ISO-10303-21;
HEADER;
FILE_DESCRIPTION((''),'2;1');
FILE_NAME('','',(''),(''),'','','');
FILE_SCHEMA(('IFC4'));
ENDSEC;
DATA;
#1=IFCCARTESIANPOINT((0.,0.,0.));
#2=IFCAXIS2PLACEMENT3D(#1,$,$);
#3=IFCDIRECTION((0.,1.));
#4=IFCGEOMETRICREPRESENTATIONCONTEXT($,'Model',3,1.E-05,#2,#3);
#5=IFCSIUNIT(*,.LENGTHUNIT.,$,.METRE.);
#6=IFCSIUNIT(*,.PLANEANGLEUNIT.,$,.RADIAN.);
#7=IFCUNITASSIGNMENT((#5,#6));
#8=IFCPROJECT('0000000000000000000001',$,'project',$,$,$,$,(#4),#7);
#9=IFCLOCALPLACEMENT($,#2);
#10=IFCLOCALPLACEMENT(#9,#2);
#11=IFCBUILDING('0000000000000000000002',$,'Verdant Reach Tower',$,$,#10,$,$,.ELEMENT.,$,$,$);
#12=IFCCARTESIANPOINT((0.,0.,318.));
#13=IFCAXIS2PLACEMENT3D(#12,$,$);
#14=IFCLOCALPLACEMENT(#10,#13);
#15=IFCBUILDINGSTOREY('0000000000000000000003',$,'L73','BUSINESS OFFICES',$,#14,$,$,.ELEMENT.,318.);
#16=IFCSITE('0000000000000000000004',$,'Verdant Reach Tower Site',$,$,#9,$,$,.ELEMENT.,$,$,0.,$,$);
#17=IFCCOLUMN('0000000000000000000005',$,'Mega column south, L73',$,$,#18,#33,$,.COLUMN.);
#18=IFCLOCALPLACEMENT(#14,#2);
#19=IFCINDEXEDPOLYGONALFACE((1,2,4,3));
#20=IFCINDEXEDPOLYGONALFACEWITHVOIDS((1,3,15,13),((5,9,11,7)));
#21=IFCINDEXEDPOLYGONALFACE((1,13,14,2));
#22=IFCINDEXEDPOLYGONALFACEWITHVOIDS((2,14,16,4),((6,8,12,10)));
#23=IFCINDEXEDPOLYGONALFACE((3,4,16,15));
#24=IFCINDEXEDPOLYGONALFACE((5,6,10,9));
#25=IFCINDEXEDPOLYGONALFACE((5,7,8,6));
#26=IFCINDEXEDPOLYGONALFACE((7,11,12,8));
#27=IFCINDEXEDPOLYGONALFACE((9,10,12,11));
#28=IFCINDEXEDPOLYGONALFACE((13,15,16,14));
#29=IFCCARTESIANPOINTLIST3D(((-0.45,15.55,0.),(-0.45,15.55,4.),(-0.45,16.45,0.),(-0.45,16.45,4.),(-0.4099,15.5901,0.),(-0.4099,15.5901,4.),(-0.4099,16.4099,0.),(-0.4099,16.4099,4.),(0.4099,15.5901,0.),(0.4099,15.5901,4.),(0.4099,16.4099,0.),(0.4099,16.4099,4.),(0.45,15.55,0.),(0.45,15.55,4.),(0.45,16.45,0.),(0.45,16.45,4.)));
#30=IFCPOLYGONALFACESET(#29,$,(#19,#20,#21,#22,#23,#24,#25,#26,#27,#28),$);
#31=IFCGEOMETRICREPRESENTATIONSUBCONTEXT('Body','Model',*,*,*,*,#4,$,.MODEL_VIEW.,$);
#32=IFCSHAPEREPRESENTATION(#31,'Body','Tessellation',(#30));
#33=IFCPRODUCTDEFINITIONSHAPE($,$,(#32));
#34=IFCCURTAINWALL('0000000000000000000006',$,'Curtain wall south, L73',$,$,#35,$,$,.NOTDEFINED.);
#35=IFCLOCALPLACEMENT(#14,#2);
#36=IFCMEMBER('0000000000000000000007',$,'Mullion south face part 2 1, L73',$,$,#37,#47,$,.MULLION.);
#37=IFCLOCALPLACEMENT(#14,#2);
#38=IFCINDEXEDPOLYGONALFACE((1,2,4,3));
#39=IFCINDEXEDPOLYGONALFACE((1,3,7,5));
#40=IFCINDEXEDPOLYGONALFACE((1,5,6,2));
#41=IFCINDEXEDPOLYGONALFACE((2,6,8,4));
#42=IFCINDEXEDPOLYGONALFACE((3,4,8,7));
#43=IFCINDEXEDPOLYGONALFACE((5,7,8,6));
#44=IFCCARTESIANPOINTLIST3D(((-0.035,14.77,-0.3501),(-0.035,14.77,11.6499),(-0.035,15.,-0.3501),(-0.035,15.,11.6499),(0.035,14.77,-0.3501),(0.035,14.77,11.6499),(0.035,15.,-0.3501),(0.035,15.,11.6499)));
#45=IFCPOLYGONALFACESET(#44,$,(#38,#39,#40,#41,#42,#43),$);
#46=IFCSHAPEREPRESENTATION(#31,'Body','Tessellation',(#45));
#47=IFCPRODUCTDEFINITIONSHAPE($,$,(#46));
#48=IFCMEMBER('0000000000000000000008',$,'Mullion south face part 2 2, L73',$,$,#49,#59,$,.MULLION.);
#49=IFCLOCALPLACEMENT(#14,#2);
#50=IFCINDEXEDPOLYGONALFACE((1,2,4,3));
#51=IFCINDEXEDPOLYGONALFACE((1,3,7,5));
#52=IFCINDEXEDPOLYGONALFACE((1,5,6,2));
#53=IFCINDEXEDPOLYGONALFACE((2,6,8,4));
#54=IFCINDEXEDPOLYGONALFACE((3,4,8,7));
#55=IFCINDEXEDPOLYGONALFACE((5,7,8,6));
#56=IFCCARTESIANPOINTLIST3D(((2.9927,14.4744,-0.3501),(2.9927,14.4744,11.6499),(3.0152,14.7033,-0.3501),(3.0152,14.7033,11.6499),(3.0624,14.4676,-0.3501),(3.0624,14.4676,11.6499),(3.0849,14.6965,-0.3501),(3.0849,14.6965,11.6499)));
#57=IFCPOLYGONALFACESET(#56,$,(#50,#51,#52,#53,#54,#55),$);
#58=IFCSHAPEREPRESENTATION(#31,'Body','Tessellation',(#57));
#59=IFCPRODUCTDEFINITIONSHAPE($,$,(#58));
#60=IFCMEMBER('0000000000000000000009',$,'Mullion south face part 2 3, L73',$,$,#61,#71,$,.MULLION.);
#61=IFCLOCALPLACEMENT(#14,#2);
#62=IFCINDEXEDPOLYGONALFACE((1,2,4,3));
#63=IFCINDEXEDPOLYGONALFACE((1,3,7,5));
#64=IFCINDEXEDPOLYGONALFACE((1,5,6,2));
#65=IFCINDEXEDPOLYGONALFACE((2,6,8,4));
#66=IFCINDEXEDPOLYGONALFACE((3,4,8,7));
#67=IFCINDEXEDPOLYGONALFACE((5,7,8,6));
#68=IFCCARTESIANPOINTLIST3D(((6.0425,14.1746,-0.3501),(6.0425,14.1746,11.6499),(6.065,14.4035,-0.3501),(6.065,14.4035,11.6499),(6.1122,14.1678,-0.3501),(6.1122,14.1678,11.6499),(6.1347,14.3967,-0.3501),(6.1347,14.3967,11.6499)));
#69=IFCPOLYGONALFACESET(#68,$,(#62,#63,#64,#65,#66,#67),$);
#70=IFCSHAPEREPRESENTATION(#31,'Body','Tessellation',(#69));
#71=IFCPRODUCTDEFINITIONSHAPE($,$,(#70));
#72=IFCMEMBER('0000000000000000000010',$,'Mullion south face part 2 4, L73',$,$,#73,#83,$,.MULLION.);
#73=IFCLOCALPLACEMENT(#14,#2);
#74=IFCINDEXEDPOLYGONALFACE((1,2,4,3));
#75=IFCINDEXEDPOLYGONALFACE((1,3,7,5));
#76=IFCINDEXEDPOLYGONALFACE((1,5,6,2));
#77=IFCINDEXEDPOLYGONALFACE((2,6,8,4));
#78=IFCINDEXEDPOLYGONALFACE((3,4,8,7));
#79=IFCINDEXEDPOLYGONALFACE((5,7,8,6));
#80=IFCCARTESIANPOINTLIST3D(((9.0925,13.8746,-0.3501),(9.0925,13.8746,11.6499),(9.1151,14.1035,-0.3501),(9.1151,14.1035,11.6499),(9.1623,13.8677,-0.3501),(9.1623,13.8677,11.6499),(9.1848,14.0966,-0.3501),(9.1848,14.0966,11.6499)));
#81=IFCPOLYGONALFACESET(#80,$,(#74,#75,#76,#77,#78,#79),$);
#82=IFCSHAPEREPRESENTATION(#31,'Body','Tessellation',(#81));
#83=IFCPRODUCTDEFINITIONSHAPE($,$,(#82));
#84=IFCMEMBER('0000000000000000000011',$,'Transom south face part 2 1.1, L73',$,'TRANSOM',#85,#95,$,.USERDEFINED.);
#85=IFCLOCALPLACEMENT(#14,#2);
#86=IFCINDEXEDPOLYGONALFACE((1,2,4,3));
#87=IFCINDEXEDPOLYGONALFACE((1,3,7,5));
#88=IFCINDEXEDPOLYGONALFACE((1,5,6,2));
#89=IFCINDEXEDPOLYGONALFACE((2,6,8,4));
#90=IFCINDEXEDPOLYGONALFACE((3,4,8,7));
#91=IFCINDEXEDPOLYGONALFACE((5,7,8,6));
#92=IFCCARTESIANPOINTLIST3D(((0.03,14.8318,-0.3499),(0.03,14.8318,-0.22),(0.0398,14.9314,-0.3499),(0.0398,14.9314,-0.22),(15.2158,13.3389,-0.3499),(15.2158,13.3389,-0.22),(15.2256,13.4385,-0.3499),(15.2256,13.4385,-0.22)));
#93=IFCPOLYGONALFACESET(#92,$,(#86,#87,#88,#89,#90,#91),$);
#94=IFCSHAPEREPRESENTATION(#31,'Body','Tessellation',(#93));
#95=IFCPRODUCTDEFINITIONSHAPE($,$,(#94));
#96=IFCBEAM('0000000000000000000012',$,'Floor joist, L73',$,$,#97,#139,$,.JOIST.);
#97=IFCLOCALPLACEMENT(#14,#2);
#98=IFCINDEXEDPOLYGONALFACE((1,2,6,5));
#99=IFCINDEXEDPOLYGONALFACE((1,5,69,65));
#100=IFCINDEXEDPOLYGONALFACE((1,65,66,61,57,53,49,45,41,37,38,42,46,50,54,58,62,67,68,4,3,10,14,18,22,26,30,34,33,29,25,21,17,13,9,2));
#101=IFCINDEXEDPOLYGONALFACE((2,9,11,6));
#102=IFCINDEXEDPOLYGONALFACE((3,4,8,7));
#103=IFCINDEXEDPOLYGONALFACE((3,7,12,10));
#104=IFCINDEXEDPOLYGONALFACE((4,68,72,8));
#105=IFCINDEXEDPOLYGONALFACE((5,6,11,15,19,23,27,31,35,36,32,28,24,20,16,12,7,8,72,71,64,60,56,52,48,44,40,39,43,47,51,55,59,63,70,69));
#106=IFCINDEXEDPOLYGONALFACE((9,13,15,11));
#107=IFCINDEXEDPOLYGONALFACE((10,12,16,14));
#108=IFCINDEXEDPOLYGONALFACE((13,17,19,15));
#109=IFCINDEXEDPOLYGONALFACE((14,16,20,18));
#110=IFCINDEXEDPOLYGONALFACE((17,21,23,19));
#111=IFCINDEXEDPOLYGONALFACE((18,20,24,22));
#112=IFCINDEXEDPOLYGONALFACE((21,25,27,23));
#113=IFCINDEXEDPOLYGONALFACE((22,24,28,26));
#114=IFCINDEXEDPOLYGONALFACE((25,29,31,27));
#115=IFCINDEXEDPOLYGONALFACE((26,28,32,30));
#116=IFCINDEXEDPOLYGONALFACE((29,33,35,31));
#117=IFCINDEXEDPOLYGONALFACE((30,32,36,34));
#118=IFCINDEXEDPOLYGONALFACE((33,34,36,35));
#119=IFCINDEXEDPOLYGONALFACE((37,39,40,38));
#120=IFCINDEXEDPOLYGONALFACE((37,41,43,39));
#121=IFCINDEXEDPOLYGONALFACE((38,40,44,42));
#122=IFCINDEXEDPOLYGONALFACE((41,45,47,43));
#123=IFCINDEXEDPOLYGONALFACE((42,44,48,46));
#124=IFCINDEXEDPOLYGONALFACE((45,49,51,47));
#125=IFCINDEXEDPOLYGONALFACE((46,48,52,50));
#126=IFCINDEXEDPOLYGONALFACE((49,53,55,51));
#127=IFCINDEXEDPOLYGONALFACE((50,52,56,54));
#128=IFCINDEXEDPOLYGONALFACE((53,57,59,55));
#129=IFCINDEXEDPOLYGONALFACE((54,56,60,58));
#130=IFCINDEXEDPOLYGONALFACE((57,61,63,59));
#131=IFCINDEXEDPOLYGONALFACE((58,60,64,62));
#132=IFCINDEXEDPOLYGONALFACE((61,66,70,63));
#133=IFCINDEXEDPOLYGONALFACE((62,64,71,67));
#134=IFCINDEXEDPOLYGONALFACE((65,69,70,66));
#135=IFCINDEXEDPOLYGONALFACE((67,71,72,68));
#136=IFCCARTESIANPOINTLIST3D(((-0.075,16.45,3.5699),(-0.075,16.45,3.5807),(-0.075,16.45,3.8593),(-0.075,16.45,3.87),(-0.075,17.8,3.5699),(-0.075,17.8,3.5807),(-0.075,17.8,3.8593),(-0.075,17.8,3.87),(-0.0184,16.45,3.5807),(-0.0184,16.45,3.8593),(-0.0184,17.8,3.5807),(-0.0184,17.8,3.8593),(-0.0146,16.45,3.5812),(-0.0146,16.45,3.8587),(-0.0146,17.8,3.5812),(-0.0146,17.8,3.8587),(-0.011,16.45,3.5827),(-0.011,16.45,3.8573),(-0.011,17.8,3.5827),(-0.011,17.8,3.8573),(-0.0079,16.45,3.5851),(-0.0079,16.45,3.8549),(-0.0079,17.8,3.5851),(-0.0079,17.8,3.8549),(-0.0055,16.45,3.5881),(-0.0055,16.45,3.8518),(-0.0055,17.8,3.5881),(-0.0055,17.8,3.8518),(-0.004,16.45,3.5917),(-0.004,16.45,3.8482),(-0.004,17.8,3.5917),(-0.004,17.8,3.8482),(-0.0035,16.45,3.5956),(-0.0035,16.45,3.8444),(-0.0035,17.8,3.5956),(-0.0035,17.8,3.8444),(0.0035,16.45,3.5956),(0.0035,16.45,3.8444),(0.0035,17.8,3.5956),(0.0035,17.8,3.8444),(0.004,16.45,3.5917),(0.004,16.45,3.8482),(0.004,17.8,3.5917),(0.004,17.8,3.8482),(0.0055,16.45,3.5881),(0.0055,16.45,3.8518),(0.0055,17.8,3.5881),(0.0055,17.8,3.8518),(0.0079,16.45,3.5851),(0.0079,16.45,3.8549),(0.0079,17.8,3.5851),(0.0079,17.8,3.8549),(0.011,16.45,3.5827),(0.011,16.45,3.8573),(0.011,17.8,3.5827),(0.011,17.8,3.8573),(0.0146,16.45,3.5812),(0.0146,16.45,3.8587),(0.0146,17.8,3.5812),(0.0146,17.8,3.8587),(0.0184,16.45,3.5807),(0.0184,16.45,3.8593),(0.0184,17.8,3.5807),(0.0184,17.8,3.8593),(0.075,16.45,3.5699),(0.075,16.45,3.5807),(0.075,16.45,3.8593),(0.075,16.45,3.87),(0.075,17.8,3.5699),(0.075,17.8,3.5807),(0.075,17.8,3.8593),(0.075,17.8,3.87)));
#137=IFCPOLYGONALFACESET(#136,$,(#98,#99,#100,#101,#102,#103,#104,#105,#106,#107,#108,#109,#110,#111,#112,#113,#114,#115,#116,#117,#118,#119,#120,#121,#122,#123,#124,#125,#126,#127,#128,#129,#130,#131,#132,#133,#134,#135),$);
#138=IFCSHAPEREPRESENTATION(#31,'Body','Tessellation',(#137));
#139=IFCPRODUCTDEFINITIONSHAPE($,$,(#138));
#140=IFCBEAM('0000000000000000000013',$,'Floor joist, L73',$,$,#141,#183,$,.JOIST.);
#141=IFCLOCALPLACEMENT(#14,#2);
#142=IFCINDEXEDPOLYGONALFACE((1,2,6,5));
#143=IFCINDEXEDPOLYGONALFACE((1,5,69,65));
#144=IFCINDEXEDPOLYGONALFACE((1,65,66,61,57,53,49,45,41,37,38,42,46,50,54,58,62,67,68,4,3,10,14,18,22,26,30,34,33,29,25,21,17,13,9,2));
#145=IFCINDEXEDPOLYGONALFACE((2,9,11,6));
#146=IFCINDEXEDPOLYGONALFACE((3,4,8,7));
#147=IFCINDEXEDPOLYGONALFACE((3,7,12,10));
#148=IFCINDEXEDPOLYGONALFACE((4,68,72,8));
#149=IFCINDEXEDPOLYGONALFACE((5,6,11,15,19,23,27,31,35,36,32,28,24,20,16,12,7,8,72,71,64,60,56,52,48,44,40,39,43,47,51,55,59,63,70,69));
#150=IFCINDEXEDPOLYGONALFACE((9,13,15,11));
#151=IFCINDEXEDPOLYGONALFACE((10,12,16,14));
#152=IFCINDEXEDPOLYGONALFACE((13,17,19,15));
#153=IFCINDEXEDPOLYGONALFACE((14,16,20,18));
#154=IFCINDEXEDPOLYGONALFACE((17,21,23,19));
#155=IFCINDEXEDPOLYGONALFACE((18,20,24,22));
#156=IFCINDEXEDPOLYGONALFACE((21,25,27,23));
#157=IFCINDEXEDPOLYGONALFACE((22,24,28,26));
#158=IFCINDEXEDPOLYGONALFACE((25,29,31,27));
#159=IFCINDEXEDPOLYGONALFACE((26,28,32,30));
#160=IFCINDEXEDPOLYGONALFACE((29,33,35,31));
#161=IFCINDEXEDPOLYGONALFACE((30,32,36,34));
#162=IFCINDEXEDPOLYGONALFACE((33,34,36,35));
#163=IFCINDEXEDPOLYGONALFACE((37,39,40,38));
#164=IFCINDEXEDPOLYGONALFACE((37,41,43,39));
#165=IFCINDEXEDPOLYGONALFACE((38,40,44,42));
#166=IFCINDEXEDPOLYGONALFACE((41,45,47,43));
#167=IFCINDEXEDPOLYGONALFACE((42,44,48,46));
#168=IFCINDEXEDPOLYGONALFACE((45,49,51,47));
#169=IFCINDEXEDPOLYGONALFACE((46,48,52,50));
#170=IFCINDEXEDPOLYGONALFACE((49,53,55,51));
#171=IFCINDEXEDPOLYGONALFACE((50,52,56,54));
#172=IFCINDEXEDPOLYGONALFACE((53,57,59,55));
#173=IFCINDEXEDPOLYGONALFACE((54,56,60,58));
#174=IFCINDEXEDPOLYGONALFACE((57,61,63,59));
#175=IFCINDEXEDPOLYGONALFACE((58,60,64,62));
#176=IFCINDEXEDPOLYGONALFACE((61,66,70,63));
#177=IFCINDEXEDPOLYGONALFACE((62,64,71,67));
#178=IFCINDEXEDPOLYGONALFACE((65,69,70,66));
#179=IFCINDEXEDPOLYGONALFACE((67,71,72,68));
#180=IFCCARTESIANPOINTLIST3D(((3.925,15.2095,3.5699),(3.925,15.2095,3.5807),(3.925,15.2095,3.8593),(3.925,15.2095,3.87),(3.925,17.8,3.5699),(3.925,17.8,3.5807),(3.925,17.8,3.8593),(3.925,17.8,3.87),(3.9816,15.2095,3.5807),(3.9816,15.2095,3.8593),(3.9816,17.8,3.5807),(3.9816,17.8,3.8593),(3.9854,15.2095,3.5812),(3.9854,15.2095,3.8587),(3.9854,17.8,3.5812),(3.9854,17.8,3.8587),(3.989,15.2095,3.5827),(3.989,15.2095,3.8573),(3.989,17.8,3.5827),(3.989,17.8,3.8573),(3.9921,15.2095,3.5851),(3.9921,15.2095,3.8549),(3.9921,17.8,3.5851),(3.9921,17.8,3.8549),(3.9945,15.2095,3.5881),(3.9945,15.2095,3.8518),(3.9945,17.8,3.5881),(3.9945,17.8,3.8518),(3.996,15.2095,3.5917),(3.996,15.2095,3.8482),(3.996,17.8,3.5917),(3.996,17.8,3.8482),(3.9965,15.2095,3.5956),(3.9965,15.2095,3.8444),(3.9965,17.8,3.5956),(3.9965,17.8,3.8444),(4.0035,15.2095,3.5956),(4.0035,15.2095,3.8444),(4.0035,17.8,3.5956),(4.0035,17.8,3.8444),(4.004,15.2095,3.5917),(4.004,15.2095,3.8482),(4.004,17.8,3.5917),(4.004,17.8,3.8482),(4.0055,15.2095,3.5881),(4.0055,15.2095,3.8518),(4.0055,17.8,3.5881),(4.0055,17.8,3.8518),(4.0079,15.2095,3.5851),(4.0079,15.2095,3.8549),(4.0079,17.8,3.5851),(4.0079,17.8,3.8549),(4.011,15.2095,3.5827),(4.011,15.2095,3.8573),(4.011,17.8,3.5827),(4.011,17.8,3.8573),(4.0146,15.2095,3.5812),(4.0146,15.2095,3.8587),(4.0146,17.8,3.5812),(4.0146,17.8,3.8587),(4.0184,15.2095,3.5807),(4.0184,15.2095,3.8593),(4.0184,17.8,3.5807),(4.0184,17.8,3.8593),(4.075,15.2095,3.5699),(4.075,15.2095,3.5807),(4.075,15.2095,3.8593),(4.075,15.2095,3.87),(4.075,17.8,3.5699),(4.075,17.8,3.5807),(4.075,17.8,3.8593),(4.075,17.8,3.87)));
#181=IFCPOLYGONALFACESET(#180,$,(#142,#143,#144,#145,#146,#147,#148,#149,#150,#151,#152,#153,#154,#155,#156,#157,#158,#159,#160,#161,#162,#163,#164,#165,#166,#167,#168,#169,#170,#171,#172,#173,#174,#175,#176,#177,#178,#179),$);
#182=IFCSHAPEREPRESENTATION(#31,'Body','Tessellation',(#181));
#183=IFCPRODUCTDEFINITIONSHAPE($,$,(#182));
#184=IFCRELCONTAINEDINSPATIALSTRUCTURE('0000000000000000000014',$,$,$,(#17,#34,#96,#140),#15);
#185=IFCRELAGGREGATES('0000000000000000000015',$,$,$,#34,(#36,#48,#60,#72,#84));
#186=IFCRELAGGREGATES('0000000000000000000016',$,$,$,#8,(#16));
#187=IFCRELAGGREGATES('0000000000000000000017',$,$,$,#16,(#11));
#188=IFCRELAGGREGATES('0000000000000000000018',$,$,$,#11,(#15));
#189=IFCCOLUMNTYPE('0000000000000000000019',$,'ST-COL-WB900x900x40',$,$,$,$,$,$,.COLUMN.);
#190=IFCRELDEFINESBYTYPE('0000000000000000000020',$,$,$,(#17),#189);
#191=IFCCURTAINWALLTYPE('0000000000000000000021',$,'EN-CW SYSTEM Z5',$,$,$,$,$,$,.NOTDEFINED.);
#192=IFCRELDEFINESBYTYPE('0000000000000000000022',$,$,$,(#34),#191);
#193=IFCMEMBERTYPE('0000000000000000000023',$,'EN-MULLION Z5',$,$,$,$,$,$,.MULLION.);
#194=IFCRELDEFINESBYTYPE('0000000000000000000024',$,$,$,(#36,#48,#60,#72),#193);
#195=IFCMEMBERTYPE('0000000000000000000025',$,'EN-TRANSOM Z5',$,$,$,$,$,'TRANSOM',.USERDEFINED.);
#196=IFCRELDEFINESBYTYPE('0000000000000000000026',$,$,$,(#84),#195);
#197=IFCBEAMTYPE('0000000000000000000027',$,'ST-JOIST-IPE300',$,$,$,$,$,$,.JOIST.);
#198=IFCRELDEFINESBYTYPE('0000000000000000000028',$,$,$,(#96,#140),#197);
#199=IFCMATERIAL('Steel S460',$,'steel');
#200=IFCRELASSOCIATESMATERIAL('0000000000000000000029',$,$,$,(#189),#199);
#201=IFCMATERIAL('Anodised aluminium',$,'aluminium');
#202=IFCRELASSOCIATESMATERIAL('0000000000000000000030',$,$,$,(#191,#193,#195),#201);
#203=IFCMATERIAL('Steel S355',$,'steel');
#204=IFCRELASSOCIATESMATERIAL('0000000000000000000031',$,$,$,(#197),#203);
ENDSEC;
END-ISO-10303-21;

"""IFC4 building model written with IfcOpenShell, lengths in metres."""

from ifc_helpers import new_model, si_unit, direction, frame, origin, origin_2d, place, context, subcontext, project, spatial, rectangle, hollow_rectangle, i_section, extrude, material, material_profile, profile_set, type_object, element, aggregate, save


model = new_model("IFC4")

# Units and contexts
model_context = context("Model", 3, precision=1e-05, world=origin(), true_north=direction((0.0, 1.0)))
body_context = subcontext(model_context, "Body", "Model", "MODEL_VIEW")
ifc_project = project(units=[si_unit("LENGTHUNIT", "METRE"), si_unit("PLANEANGLEUNIT", "RADIAN")], contexts=[model_context])

# Site, building, storey
site_placement = place(None, origin())
site = spatial("IfcSite", under=ifc_project, at=site_placement, Name="Verdant Reach Tower Site", CompositionType="ELEMENT", RefElevation=0.0)
building_placement = place(site_placement, origin())
building = spatial("IfcBuilding", under=site, at=building_placement, Name="Verdant Reach Tower", CompositionType="ELEMENT")
storey_placement = place(building_placement, frame((0.0, 0.0, 318.0)))
storey = spatial("IfcBuildingStorey", under=building, at=storey_placement, Name="L73", Description="BUSINESS OFFICES", CompositionType="ELEMENT", Elevation=318.0)

# Column
ifc_material_1 = material(Name="Steel S460", Category="steel")
ifc_material_profile_1 = material_profile(ifc_material_1, hollow_rectangle(XDim=0.8999, YDim=0.8999, WallThickness=0.04, at=origin_2d()), Name="WB 900x900x40")
ifc_profile_set_1 = profile_set([ifc_material_profile_1], Name="Steel S460")
column_type = type_object("IfcColumnType", Name="ST-COL-WB900x900x40", PredefinedType="COLUMN", material=ifc_profile_set_1)
column_placement = place(storey_placement, frame((0.0, 16.0, 0.0), z_axis=(0.0, 0.0, 1.0), x_axis=(1.0, 0.0, 0.0)))
element("IfcColumn", 1, at=column_placement, inside=storey, type_object=column_type, Name="Mega column south, L73", PredefinedType="COLUMN", context=body_context, shape_type="SweptSolid", body=[
    extrude(hollow_rectangle(XDim=0.8999, YDim=0.8999, WallThickness=0.04, at=origin_2d()), origin(), (0.0, 0.0, 1.0), 4.0),
])

# Curtain wall, members
ifc_material_2 = material(Name="Anodised aluminium", Category="aluminium")
curtain_wall_type = type_object("IfcCurtainWallType", Name="EN-CW SYSTEM Z5", PredefinedType="NOTDEFINED", material=ifc_material_2)
curtain_wall_placement = place(storey_placement, origin())
curtain_wall = element("IfcCurtainWall", 2, at=curtain_wall_placement, inside=storey, type_object=curtain_wall_type, Name="Curtain wall south, L73", PredefinedType="NOTDEFINED")
ifc_material_profile_2 = material_profile(ifc_material_2, rectangle(XDim=0.23, YDim=0.0701, at=origin_2d()), Name="Mullion 70x230")
ifc_profile_set_2 = profile_set([ifc_material_profile_2], Name="Anodised aluminium")
member_type_1 = type_object("IfcMemberType", Name="EN-MULLION Z5", PredefinedType="MULLION", material=ifc_profile_set_2)
member_1_placement = place(storey_placement, frame((0.0, 14.885, -0.3501), z_axis=(0.0, 0.0, 1.0), x_axis=(0.0, -1.0, 0.0)))
member_1 = element("IfcMember", 3, at=member_1_placement, type_object=member_type_1, Name="Mullion south face part 2 1, L73", PredefinedType="MULLION", context=body_context, shape_type="SweptSolid", body=[
    extrude(rectangle(XDim=0.23, YDim=0.0701, at=origin_2d()), origin(), (0.0, 0.0, 1.0), 12.0),
])
member_2_placement = place(storey_placement, frame((3.0388, 14.5854, -0.3501), z_axis=(0.0, 0.0, 1.0), x_axis=(-0.097888, -0.995197, 0.0)))
member_2 = element("IfcMember", 4, at=member_2_placement, type_object=member_type_1, Name="Mullion south face part 2 2, L73", PredefinedType="MULLION", context=body_context, shape_type="SweptSolid", body=[
    extrude(rectangle(XDim=0.23, YDim=0.0701, at=origin_2d()), origin(), (0.0, 0.0, 1.0), 12.0),
])
member_3_placement = place(storey_placement, frame((6.0886, 14.2856, -0.3501), z_axis=(0.0, 0.0, 1.0), x_axis=(-0.097888, -0.995197, 0.0)))
member_3 = element("IfcMember", 5, at=member_3_placement, type_object=member_type_1, Name="Mullion south face part 2 3, L73", PredefinedType="MULLION", context=body_context, shape_type="SweptSolid", body=[
    extrude(rectangle(XDim=0.23, YDim=0.0701, at=origin_2d()), origin(), (0.0, 0.0, 1.0), 12.0),
])
member_4_placement = place(storey_placement, frame((9.1387, 13.9856, -0.3501), z_axis=(0.0, 0.0, 1.0), x_axis=(-0.097888, -0.995197, 0.0)))
member_4 = element("IfcMember", 6, at=member_4_placement, type_object=member_type_1, Name="Mullion south face part 2 4, L73", PredefinedType="MULLION", context=body_context, shape_type="SweptSolid", body=[
    extrude(rectangle(XDim=0.23, YDim=0.0701, at=origin_2d()), origin(), (0.0, 0.0, 1.0), 12.0),
])
ifc_material_profile_3 = material_profile(ifc_material_2, rectangle(XDim=0.1001, YDim=0.1299, at=origin_2d()), Name="Transom 130x100")
ifc_profile_set_3 = profile_set([ifc_material_profile_3], Name="Anodised aluminium")
member_type_2 = type_object("IfcMemberType", Name="EN-TRANSOM Z5", ElementType="TRANSOM", PredefinedType="USERDEFINED", material=ifc_profile_set_3)
member_5_placement = place(storey_placement, frame((0.0349, 14.8816, -0.2849), z_axis=(0.995202, -0.097839, 0.0), x_axis=(0.097839, 0.995202, 0.0)))
member_5 = element("IfcMember", 7, at=member_5_placement, type_object=member_type_2, Name="Transom south face part 2 1.1, L73", ObjectType="TRANSOM", PredefinedType="USERDEFINED", context=body_context, shape_type="SweptSolid", body=[
    extrude(rectangle(XDim=0.1001, YDim=0.1299, at=origin_2d()), origin(), (0.0, 0.0, 1.0), 15.259),
])

# Beams
ifc_material_3 = material(Name="Steel S355", Category="steel")
ifc_material_profile_4 = material_profile(ifc_material_3, i_section(OverallWidth=0.1499, OverallDepth=0.3, WebThickness=0.0071, FlangeThickness=0.0107, FilletRadius=0.0149, at=origin_2d()), Name="IPE 300")
ifc_profile_set_4 = profile_set([ifc_material_profile_4], Name="Steel S355")
beam_type = type_object("IfcBeamType", Name="ST-JOIST-IPE300", PredefinedType="JOIST", material=ifc_profile_set_4)
beam_1_placement = place(storey_placement, frame((0.0, 17.8, 3.72), z_axis=(0.0, -1.0, 0.0), x_axis=(1.0, 0.0, 0.0)))
element("IfcBeam", 8, at=beam_1_placement, inside=storey, type_object=beam_type, Name="Floor joist, L73", PredefinedType="JOIST", context=body_context, shape_type="SweptSolid", body=[
    extrude(i_section(OverallWidth=0.1499, OverallDepth=0.3, WebThickness=0.0071, FlangeThickness=0.0107, FilletRadius=0.0149, at=origin_2d()), origin(), (0.0, 0.0, 1.0), 1.3501),
])
beam_2_placement = place(storey_placement, frame((4.0, 17.8, 3.72), z_axis=(0.0, -1.0, 0.0), x_axis=(1.0, 0.0, 0.0)))
element("IfcBeam", 9, at=beam_2_placement, inside=storey, type_object=beam_type, Name="Floor joist, L73", PredefinedType="JOIST", context=body_context, shape_type="SweptSolid", body=[
    extrude(i_section(OverallWidth=0.1499, OverallDepth=0.3, WebThickness=0.0071, FlangeThickness=0.0107, FilletRadius=0.0149, at=origin_2d()), origin(), (0.0, 0.0, 1.0), 2.5906),
])

aggregate(curtain_wall, [member_1, member_2, member_3, member_4, member_5])

save(model, "model.ifc")
